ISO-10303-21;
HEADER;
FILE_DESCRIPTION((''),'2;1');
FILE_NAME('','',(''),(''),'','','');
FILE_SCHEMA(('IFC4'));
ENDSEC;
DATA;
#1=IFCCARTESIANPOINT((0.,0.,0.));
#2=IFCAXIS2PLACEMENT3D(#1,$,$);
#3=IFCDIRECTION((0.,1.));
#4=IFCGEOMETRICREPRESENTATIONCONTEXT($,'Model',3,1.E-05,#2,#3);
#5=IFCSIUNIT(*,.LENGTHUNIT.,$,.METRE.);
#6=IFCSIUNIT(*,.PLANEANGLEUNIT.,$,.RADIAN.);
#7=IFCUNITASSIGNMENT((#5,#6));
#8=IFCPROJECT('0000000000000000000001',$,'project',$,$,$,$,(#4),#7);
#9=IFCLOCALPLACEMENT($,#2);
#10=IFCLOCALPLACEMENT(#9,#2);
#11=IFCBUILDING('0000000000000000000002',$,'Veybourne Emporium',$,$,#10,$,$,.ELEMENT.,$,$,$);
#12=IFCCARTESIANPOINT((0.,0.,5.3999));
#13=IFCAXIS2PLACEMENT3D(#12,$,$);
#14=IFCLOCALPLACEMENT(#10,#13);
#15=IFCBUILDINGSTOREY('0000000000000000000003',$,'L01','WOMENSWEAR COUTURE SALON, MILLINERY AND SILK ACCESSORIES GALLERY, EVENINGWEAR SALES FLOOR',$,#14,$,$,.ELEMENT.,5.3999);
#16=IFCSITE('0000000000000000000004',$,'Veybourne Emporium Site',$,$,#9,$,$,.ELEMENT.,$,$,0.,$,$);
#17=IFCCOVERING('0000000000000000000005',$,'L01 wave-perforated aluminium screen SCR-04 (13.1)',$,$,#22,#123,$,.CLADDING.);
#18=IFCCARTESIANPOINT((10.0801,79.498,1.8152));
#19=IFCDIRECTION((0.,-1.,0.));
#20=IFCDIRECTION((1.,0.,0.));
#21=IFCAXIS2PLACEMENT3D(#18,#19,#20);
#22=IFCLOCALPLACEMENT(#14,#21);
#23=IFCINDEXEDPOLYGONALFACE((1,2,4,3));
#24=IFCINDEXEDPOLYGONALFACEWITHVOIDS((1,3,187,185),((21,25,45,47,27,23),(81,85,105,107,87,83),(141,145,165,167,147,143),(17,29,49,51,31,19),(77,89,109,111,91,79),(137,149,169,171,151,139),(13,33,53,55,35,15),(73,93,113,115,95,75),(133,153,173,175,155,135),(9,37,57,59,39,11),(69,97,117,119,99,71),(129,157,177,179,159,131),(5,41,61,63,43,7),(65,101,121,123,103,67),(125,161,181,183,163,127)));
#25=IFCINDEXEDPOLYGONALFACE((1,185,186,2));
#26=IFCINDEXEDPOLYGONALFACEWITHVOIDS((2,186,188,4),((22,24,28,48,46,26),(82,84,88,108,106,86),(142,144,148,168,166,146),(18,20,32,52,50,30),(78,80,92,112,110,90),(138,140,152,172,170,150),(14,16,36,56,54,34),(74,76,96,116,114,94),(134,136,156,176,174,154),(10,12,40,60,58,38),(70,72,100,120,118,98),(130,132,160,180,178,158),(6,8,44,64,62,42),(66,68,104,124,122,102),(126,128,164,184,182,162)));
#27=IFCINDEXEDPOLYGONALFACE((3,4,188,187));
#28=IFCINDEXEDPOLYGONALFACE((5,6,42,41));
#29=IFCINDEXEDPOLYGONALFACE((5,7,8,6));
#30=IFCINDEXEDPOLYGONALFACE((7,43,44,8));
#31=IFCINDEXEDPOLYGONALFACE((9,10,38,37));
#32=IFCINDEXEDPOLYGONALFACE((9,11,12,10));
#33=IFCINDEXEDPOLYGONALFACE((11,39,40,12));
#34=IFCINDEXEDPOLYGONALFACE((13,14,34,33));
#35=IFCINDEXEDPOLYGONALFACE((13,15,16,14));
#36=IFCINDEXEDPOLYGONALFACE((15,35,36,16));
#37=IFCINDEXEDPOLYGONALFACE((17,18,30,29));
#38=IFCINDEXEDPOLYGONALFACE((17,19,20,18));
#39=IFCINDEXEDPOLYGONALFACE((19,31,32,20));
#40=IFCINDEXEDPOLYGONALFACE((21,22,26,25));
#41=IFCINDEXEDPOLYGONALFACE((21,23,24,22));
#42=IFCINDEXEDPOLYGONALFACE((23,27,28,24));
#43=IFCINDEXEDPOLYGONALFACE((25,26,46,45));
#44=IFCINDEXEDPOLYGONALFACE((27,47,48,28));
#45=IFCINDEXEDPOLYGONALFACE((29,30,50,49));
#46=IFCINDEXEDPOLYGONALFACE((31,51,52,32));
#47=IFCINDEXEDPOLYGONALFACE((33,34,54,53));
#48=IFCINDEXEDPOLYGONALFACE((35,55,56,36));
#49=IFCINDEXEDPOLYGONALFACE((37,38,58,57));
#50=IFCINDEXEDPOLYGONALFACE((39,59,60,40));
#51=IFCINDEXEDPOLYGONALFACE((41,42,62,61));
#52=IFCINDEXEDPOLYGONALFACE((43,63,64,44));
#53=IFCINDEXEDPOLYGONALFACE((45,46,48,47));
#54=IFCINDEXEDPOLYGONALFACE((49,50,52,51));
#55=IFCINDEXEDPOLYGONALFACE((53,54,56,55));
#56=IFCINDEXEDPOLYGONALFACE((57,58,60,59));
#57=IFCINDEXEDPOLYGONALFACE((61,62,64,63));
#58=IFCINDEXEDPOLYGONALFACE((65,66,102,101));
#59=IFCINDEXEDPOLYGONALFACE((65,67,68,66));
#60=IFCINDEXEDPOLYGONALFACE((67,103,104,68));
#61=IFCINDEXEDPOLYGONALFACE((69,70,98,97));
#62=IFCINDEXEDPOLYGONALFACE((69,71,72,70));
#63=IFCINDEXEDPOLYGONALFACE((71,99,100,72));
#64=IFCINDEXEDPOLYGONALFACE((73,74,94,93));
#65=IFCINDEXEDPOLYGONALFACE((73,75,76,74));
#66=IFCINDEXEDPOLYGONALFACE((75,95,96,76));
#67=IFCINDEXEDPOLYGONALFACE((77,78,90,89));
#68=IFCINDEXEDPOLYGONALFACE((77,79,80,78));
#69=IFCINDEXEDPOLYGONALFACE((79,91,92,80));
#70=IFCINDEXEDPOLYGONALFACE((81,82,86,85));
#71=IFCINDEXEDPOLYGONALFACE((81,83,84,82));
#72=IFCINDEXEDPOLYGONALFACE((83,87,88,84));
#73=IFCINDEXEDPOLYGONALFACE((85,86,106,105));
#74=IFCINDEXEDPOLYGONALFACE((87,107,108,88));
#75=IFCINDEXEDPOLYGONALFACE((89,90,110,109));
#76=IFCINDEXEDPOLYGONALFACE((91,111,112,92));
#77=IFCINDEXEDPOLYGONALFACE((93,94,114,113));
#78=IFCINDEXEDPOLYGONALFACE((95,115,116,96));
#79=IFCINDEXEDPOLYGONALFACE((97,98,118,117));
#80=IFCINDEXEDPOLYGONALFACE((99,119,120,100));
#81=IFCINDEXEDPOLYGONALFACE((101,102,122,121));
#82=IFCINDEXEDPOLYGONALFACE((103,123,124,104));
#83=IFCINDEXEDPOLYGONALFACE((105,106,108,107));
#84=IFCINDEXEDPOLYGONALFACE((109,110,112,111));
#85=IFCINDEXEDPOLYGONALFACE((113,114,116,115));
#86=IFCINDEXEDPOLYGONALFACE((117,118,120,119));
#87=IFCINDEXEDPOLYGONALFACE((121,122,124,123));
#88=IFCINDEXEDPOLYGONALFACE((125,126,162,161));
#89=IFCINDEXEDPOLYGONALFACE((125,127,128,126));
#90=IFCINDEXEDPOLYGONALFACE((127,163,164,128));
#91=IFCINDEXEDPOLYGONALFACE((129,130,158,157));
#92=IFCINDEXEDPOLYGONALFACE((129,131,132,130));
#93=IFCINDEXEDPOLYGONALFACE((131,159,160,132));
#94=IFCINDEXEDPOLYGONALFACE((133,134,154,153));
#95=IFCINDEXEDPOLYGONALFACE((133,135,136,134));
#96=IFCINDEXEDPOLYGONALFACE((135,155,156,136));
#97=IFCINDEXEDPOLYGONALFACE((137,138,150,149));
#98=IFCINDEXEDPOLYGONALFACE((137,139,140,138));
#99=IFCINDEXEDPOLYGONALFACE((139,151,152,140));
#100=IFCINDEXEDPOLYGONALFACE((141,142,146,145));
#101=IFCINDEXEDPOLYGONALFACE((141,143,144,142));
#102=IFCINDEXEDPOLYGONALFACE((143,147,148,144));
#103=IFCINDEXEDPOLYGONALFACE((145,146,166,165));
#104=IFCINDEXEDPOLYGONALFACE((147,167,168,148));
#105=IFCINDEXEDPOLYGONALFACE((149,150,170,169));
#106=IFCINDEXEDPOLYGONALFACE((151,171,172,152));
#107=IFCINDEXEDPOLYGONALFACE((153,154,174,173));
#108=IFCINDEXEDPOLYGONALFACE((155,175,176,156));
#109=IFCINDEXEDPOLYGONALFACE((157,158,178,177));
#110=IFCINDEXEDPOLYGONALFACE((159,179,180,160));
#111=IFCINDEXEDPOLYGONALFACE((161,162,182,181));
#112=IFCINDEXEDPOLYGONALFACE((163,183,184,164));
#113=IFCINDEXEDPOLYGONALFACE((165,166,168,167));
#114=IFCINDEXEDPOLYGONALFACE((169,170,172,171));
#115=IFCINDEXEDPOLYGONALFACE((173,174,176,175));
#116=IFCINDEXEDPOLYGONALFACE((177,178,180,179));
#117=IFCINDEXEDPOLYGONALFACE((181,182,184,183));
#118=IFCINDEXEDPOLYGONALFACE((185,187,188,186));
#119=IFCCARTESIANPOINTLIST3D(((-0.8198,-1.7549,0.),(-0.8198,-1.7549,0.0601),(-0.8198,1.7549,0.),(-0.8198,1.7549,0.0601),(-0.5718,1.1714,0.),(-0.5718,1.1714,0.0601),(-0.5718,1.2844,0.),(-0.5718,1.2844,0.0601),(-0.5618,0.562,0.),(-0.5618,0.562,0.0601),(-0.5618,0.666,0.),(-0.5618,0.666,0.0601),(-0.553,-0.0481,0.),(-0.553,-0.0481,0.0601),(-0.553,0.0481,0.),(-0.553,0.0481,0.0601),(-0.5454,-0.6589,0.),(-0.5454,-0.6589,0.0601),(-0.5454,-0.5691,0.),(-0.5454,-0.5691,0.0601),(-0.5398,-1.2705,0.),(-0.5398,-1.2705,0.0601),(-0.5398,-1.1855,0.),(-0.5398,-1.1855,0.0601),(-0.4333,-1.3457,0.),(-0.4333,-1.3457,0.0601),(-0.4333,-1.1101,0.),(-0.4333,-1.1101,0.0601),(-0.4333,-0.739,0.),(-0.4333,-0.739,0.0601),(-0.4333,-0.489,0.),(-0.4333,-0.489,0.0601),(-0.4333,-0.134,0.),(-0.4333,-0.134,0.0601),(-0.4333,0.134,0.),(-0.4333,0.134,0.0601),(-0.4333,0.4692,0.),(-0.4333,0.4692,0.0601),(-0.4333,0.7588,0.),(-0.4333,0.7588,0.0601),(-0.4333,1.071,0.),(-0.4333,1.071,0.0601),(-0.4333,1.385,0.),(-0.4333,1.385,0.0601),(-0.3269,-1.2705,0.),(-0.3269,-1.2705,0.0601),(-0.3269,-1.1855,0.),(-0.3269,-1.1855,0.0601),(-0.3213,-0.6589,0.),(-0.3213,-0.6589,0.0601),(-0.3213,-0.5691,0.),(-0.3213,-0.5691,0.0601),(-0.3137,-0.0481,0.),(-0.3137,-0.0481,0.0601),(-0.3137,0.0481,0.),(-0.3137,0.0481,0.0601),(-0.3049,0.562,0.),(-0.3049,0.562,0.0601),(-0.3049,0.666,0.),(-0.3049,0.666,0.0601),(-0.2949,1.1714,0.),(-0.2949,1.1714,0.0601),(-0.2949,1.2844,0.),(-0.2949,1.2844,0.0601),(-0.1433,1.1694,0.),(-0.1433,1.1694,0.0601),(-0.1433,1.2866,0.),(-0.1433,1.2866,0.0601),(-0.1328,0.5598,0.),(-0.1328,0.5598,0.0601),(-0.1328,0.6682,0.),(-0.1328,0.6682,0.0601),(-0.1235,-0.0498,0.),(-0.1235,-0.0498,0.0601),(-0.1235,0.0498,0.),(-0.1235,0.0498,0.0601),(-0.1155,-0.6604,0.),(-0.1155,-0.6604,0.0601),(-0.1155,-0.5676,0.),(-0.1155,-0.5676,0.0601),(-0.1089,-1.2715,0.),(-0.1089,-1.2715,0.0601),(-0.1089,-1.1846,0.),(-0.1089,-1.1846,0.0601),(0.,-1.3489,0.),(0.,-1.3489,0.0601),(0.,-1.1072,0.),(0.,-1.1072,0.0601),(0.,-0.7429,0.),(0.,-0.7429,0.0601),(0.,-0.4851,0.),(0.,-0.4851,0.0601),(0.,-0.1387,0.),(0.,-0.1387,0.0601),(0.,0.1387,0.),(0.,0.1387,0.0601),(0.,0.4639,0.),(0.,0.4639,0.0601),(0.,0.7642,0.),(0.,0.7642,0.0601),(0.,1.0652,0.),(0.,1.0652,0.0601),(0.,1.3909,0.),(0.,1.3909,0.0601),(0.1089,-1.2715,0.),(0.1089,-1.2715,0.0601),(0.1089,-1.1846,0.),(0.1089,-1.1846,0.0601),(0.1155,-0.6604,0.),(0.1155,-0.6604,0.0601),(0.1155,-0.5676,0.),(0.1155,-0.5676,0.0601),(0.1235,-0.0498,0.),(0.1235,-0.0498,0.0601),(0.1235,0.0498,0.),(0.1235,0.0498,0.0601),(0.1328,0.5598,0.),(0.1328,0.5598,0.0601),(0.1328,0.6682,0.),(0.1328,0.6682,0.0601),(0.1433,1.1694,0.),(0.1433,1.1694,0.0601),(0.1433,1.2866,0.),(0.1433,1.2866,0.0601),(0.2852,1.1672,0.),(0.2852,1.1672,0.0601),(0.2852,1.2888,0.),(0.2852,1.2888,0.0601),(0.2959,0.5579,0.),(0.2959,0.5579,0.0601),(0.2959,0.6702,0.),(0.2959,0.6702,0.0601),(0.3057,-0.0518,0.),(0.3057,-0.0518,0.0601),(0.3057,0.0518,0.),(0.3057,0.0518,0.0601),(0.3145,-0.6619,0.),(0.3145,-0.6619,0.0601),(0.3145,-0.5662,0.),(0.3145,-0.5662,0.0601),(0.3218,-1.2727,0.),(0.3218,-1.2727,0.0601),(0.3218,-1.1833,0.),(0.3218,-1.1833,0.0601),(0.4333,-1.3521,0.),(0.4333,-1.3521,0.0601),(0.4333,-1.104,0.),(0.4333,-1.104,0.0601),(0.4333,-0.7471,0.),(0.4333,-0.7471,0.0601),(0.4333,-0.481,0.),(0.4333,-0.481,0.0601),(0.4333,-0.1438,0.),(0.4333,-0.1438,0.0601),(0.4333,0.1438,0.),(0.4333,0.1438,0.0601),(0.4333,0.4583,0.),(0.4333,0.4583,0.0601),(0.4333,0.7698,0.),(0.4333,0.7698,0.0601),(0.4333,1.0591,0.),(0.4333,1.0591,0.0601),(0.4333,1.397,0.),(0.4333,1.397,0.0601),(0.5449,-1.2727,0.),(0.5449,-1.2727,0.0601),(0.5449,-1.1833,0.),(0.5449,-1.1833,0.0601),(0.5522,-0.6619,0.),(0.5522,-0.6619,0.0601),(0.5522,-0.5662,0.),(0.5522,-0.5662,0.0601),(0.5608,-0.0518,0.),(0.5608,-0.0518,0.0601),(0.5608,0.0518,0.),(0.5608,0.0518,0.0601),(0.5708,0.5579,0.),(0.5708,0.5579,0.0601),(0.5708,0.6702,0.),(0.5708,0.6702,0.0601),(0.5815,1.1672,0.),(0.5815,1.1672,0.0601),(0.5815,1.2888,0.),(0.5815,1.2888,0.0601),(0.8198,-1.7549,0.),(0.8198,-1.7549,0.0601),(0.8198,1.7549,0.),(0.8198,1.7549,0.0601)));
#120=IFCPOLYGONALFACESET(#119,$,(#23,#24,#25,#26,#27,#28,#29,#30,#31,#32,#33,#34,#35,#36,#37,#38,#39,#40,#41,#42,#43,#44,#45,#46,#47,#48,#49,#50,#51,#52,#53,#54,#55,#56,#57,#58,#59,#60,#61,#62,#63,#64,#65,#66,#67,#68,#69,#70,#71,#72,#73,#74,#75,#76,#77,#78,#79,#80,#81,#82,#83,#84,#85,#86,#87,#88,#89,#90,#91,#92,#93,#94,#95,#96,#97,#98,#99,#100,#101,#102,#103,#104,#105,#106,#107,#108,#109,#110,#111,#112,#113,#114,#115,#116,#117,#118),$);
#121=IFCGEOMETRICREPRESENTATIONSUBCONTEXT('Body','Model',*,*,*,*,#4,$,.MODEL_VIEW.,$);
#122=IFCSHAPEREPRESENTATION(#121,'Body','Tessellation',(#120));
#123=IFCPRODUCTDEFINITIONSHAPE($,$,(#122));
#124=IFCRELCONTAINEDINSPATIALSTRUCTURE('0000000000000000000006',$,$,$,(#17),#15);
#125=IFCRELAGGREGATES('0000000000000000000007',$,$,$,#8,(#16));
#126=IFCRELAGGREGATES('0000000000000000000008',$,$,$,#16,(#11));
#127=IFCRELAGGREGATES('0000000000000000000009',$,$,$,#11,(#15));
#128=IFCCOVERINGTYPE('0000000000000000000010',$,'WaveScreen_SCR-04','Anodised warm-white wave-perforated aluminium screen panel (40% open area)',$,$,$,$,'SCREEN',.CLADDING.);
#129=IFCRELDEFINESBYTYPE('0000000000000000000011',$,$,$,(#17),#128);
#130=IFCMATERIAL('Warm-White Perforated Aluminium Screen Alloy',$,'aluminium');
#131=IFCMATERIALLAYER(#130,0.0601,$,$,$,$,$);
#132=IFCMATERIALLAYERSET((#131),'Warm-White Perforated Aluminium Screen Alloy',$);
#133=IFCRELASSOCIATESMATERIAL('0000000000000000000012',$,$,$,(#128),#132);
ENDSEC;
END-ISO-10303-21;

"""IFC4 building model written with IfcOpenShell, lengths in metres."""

from ifc_helpers import new_model, si_unit, direction, frame, origin, place, context, subcontext, project, spatial, polyline, outline, extrude, material, layer, layer_set, type_object, element, save


model = new_model("IFC4")

# Units and contexts
model_context = context("Model", 3, precision=1e-05, world=origin(), true_north=direction((0.0, 1.0)))
body_context = subcontext(model_context, "Body", "Model", "MODEL_VIEW")
ifc_project = project(units=[si_unit("LENGTHUNIT", "METRE"), si_unit("PLANEANGLEUNIT", "RADIAN")], contexts=[model_context])

# Site, building, storey
site_placement = place(None, origin())
site = spatial("IfcSite", under=ifc_project, at=site_placement, Name="Veybourne Emporium Site", CompositionType="ELEMENT", RefElevation=0.0)
building_placement = place(site_placement, origin())
building = spatial("IfcBuilding", under=site, at=building_placement, Name="Veybourne Emporium", CompositionType="ELEMENT")
storey_placement = place(building_placement, frame((0.0, 0.0, 5.3999)))
storey = spatial("IfcBuildingStorey", under=building, at=storey_placement, Name="L01", Description="WOMENSWEAR COUTURE SALON, MILLINERY AND SILK ACCESSORIES GALLERY, EVENINGWEAR SALES FLOOR", CompositionType="ELEMENT", Elevation=5.3999)

# Covering
ifc_material_1 = material(Name="Warm-White Perforated Aluminium Screen Alloy", Category="aluminium")
ifc_layer_1 = layer(ifc_material_1, 0.0601)
ifc_layer_set_1 = layer_set([ifc_layer_1], Name="Warm-White Perforated Aluminium Screen Alloy")
covering_type_1 = type_object("IfcCoveringType", Name="WaveScreen_SCR-04", Description="Anodised warm-white wave-perforated aluminium screen panel (40% open area)", ElementType="SCREEN", PredefinedType="CLADDING", material=ifc_layer_set_1)
covering_1_placement = place(storey_placement, frame((10.0801, 79.498, 1.8152), z_axis=(0.0, -1.0, 0.0), x_axis=(1.0, 0.0, 0.0)))
element("IfcCovering", 1, at=covering_1_placement, inside=storey, type_object=covering_type_1, Name="L01 wave-perforated aluminium screen SCR-04 (13.1)", PredefinedType="CLADDING", context=body_context, shape_type="SweptSolid", body=[
    extrude(outline(polyline([(-0.8198, -1.7549), (0.8198, -1.7549), (0.8198, 1.7549), (-0.8198, 1.7549), (-0.8198, -1.7549)]), holes=[polyline([(-0.4333, -1.1101), (-0.3269, -1.1855), (-0.3269, -1.2705), (-0.4333, -1.3457), (-0.5398, -1.2705), (-0.5398, -1.1855), (-0.4333, -1.1101)]), polyline([(-0.4333, -0.489), (-0.3213, -0.5691), (-0.3213, -0.6589), (-0.4333, -0.739), (-0.5454, -0.6589), (-0.5454, -0.5691), (-0.4333, -0.489)]), polyline([(-0.4333, 0.134), (-0.3137, 0.0481), (-0.3137, -0.0481), (-0.4333, -0.134), (-0.553, -0.0481), (-0.553, 0.0481), (-0.4333, 0.134)]), polyline([(-0.4333, 0.7588), (-0.3049, 0.666), (-0.3049, 0.562), (-0.4333, 0.4692), (-0.5618, 0.562), (-0.5618, 0.666), (-0.4333, 0.7588)]), polyline([(-0.4333, 1.385), (-0.2949, 1.2844), (-0.2949, 1.1714), (-0.4333, 1.071), (-0.5718, 1.1714), (-0.5718, 1.2844), (-0.4333, 1.385)]), polyline([(0.0, -1.1072), (0.1089, -1.1846), (0.1089, -1.2715), (0.0, -1.3489), (-0.1089, -1.2715), (-0.1089, -1.1846), (0.0, -1.1072)]), polyline([(0.0, -0.4851), (0.1155, -0.5676), (0.1155, -0.6604), (0.0, -0.7429), (-0.1155, -0.6604), (-0.1155, -0.5676), (0.0, -0.4851)]), polyline([(0.0, 0.1387), (0.1235, 0.0498), (0.1235, -0.0498), (0.0, -0.1387), (-0.1235, -0.0498), (-0.1235, 0.0498), (0.0, 0.1387)]), polyline([(0.0, 0.7642), (0.1328, 0.6682), (0.1328, 0.5598), (0.0, 0.4639), (-0.1328, 0.5598), (-0.1328, 0.6682), (0.0, 0.7642)]), polyline([(0.0, 1.3909), (0.1433, 1.2866), (0.1433, 1.1694), (0.0, 1.0652), (-0.1433, 1.1694), (-0.1433, 1.2866), (0.0, 1.3909)]), polyline([(0.4333, -1.104), (0.5449, -1.1833), (0.5449, -1.2727), (0.4333, -1.3521), (0.3218, -1.2727), (0.3218, -1.1833), (0.4333, -1.104)]), polyline([(0.4333, -0.481), (0.5522, -0.5662), (0.5522, -0.6619), (0.4333, -0.7471), (0.3145, -0.6619), (0.3145, -0.5662), (0.4333, -0.481)]), polyline([(0.4333, 0.1438), (0.5608, 0.0518), (0.5608, -0.0518), (0.4333, -0.1438), (0.3057, -0.0518), (0.3057, 0.0518), (0.4333, 0.1438)]), polyline([(0.4333, 0.7698), (0.5708, 0.6702), (0.5708, 0.5579), (0.4333, 0.4583), (0.2959, 0.5579), (0.2959, 0.6702), (0.4333, 0.7698)]), polyline([(0.4333, 1.397), (0.5815, 1.2888), (0.5815, 1.1672), (0.4333, 1.0591), (0.2852, 1.1672), (0.2852, 1.2888), (0.4333, 1.397)])]), origin(), (0.0, 0.0, 1.0), 0.0601),
])

save(model, "model.ifc")
